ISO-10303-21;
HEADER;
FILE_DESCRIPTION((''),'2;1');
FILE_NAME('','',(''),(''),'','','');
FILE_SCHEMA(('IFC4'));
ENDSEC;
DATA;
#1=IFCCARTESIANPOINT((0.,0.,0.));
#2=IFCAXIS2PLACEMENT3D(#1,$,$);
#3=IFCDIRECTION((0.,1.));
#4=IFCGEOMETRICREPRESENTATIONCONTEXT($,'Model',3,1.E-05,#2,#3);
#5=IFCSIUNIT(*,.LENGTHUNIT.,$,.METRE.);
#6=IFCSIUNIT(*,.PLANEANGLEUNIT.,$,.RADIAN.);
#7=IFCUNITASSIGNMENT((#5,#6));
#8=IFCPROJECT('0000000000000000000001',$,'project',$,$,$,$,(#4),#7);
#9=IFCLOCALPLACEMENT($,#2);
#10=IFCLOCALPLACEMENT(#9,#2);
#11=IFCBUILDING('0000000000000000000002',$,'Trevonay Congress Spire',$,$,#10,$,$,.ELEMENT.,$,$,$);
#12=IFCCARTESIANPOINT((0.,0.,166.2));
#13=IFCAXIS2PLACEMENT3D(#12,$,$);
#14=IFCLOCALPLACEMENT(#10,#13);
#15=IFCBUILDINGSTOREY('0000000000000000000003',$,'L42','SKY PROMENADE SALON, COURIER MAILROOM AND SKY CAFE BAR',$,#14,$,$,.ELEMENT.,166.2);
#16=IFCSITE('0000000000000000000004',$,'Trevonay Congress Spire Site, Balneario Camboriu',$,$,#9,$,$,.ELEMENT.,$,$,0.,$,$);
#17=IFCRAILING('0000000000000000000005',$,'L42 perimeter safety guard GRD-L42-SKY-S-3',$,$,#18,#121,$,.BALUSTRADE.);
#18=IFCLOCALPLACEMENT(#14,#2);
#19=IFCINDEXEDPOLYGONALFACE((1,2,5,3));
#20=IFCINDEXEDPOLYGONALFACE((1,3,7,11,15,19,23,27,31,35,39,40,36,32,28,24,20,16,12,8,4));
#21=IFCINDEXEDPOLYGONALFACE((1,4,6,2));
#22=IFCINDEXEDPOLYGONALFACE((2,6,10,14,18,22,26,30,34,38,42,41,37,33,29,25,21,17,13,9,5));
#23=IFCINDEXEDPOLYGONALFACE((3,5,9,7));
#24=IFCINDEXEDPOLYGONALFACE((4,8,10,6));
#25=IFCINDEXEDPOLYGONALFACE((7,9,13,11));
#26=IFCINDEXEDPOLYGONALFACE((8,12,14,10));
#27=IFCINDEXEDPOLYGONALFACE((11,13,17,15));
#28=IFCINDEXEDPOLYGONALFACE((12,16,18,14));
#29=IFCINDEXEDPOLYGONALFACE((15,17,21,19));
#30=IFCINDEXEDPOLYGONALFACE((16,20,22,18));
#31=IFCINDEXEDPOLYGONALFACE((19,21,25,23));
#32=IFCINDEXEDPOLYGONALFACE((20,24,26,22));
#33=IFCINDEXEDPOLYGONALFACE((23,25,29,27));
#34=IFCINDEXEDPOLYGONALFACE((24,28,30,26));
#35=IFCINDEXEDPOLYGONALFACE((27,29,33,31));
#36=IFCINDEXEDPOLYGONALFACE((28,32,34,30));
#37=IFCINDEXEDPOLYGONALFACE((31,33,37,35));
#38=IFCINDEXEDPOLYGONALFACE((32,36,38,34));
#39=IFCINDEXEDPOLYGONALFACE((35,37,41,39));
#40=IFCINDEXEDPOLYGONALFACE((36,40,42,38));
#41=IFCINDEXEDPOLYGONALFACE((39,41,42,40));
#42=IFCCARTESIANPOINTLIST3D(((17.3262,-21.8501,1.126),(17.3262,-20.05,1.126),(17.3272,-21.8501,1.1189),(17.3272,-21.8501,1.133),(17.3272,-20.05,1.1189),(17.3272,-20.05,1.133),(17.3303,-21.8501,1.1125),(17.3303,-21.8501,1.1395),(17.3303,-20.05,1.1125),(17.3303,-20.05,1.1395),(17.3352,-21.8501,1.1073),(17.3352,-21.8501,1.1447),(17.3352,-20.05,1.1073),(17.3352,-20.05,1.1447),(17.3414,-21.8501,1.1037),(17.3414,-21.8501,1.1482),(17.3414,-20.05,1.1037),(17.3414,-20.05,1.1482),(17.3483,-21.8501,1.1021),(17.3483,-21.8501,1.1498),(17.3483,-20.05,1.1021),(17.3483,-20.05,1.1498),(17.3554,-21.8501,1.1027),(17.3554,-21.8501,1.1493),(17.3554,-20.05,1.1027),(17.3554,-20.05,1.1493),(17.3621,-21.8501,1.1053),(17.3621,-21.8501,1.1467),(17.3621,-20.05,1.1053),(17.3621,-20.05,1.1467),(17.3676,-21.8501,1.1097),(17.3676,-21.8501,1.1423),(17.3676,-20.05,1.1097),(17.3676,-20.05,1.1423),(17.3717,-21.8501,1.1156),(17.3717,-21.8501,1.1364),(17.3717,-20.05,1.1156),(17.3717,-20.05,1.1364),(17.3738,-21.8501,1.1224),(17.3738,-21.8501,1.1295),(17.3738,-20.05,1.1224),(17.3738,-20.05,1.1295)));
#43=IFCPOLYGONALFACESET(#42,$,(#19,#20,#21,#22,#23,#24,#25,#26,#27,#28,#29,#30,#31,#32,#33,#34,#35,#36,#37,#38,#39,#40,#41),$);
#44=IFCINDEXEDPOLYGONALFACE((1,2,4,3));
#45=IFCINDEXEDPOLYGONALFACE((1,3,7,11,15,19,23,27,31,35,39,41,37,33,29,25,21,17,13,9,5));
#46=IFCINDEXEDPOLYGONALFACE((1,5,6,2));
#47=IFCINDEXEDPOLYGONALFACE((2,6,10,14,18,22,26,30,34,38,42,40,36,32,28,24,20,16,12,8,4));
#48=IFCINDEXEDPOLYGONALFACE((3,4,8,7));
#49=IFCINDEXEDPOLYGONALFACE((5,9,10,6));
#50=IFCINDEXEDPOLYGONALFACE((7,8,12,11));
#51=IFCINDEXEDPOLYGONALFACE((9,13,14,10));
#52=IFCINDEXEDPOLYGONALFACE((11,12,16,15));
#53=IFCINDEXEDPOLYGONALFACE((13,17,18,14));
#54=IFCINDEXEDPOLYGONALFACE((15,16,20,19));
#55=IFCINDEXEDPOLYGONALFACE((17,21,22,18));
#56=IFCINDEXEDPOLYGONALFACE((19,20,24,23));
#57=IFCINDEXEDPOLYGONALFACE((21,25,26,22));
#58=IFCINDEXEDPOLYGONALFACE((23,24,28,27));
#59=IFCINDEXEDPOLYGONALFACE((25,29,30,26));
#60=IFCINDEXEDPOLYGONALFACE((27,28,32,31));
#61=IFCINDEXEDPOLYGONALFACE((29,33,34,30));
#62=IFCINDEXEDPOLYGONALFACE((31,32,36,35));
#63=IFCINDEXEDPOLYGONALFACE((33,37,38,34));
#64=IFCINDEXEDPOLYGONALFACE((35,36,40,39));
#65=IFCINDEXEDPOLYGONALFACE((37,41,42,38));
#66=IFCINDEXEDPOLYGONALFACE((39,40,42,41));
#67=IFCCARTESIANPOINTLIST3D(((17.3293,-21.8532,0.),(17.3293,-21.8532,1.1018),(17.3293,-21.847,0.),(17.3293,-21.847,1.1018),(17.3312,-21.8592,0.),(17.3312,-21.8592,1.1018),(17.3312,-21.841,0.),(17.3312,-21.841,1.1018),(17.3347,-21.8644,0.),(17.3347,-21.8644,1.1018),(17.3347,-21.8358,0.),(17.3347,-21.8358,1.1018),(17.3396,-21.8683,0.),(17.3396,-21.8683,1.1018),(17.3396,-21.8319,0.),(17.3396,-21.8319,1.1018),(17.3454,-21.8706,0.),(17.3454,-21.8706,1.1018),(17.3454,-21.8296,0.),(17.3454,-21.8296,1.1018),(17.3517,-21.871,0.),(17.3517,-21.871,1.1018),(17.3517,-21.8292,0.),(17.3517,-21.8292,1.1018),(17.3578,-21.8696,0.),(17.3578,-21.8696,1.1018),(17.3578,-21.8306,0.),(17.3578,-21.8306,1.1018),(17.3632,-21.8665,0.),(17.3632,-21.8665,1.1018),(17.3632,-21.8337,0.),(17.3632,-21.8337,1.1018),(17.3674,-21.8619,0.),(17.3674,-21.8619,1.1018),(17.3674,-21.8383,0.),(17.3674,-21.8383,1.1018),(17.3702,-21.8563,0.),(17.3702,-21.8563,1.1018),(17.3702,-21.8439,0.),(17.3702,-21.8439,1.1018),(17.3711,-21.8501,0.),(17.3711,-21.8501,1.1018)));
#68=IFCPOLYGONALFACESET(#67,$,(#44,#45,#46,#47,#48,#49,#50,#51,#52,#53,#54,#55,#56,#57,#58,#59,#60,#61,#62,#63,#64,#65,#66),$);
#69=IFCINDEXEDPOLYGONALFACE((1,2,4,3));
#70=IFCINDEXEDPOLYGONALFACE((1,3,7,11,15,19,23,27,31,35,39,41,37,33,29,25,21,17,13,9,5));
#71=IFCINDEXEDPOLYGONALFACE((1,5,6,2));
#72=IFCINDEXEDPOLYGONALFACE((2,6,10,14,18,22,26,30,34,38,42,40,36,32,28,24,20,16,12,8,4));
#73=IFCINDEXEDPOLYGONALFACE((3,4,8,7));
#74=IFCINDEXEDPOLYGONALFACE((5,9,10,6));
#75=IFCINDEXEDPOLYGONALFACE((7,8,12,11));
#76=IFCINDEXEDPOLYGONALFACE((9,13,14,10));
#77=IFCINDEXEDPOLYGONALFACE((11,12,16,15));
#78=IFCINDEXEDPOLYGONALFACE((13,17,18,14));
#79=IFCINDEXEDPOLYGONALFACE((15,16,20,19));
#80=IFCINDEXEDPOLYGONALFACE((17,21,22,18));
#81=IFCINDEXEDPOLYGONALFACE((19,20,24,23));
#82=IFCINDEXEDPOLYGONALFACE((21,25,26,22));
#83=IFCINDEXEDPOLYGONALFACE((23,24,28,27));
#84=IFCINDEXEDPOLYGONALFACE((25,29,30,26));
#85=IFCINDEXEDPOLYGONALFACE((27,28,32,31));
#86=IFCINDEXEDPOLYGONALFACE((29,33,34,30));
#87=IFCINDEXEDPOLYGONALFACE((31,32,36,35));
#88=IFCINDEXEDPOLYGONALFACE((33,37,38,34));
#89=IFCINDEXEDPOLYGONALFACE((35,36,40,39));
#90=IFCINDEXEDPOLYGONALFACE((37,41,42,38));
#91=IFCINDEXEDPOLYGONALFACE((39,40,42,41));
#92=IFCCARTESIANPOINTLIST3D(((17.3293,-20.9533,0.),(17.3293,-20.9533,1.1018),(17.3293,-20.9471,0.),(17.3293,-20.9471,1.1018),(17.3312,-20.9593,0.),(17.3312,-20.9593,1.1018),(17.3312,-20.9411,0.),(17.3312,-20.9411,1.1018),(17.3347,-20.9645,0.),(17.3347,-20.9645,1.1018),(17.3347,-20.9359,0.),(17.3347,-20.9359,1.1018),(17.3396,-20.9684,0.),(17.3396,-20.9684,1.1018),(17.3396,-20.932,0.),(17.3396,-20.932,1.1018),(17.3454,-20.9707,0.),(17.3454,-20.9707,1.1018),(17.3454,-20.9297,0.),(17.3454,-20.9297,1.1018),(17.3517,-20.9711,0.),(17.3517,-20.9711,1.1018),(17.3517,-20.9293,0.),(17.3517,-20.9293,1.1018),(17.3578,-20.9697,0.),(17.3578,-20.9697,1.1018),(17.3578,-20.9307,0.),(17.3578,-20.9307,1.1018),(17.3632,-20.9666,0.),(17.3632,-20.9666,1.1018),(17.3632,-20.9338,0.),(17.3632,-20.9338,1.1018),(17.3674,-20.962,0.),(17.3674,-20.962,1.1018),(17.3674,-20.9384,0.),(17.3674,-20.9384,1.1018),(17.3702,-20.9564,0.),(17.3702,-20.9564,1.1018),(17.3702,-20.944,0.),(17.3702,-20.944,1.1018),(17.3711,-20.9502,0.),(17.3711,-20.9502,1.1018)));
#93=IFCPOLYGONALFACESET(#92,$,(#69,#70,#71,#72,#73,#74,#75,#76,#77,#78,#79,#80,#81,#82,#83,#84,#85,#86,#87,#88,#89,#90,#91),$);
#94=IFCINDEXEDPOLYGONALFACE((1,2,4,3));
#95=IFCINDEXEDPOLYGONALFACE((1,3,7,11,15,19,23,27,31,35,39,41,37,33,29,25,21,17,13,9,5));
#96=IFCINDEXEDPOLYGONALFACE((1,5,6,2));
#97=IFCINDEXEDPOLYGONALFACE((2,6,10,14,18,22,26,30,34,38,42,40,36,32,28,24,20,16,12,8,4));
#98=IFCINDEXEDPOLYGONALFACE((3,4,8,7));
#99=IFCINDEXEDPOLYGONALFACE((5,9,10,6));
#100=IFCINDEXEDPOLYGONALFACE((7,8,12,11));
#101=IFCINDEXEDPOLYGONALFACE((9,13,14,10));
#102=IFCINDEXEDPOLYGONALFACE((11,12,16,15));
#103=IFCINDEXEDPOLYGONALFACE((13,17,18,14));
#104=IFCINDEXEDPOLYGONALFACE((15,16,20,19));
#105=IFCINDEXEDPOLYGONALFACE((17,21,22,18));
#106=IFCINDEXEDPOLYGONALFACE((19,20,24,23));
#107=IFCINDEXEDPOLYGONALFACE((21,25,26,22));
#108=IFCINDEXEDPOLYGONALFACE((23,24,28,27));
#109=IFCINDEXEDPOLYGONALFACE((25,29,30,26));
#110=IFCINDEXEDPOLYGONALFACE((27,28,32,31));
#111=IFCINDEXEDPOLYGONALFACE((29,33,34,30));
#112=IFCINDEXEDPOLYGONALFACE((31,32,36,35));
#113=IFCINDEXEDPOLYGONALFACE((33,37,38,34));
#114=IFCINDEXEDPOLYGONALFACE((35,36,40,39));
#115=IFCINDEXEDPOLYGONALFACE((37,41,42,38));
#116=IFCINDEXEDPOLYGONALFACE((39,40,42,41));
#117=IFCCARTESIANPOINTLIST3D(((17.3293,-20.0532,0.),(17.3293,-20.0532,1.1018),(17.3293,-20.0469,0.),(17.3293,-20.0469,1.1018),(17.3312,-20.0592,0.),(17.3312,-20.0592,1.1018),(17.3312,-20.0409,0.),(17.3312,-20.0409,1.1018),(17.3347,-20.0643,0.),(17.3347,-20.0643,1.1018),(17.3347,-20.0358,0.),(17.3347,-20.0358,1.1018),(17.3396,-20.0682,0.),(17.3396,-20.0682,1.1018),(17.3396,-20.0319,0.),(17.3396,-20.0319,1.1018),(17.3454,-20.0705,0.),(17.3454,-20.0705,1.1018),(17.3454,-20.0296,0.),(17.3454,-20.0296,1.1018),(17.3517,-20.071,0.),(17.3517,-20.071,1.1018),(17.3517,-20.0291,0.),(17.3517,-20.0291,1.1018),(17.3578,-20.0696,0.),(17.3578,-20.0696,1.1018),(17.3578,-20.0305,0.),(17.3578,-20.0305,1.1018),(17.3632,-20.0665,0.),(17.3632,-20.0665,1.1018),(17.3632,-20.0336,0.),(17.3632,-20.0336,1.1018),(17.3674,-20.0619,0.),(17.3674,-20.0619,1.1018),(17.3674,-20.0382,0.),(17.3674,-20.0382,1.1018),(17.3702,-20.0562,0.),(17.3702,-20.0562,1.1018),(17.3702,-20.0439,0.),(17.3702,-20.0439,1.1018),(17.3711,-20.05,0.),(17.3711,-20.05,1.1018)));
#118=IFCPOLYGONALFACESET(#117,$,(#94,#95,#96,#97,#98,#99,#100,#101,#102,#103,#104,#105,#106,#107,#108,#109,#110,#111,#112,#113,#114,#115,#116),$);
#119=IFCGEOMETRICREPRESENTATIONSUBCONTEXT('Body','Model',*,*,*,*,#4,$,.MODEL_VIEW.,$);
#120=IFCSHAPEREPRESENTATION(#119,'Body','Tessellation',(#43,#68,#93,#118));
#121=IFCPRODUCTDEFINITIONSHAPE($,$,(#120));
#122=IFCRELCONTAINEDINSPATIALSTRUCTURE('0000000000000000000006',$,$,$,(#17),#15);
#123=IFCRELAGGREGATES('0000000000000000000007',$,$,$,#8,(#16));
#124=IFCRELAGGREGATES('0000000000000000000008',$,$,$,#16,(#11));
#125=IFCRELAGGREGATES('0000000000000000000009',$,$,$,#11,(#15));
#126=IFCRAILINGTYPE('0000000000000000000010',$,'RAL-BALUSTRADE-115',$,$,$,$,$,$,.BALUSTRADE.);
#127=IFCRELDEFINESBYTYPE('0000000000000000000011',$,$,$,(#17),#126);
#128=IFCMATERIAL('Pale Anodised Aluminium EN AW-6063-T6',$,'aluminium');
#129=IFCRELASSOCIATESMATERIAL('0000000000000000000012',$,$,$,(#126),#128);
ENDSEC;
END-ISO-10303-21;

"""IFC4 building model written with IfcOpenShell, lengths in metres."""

from ifc_helpers import new_model, si_unit, direction, frame, origin, origin_2d, place, context, subcontext, project, spatial, circle, extrude, material, type_object, element, save


model = new_model("IFC4")

# Units and contexts
model_context = context("Model", 3, precision=1e-05, world=origin(), true_north=direction((0.0, 1.0)))
body_context = subcontext(model_context, "Body", "Model", "MODEL_VIEW")
ifc_project = project(units=[si_unit("LENGTHUNIT", "METRE"), si_unit("PLANEANGLEUNIT", "RADIAN")], contexts=[model_context])

# Site, building, storey
site_placement = place(None, origin())
site = spatial("IfcSite", under=ifc_project, at=site_placement, Name="Trevonay Congress Spire Site, Balneario Camboriu", CompositionType="ELEMENT", RefElevation=0.0)
building_placement = place(site_placement, origin())
building = spatial("IfcBuilding", under=site, at=building_placement, Name="Trevonay Congress Spire", CompositionType="ELEMENT")
storey_placement = place(building_placement, frame((0.0, 0.0, 166.2)))
storey = spatial("IfcBuildingStorey", under=building, at=storey_placement, Name="L42", Description="SKY PROMENADE SALON, COURIER MAILROOM AND SKY CAFE BAR", CompositionType="ELEMENT", Elevation=166.2)

# Shared definitions
ifc_material_1 = material(Name="Pale Anodised Aluminium EN AW-6063-T6", Category="aluminium")

# Railing
railing_type = type_object("IfcRailingType", Name="RAL-BALUSTRADE-115", PredefinedType="BALUSTRADE", material=ifc_material_1)
railing_placement = place(storey_placement, frame((17.3501, -21.8501, 0.0)))
element("IfcRailing", 1, at=railing_placement, inside=storey, type_object=railing_type, Name="L42 perimeter safety guard GRD-L42-SKY-S-3", PredefinedType="BALUSTRADE", context=body_context, shape_type="SweptSolid", body=[
    extrude(circle(Radius=0.0239, at=origin_2d()), frame((0.0, 0.0, 1.126), z_axis=(0.0, 1.0, 0.0), x_axis=(-1.0, 0.0, 0.0)), (0.0, 0.0, 1.0), 1.8),
    extrude(circle(Radius=0.021, at=origin_2d()), origin(), (0.0, 0.0, 1.0), 1.1018),
    extrude(circle(Radius=0.021, at=origin_2d()), frame((0.0, 0.8999, 0.0)), (0.0, 0.0, 1.0), 1.1018),
    extrude(circle(Radius=0.021, at=origin_2d()), frame((0.0, 1.8, 0.0)), (0.0, 0.0, 1.0), 1.1018),
])

save(model, "model.ifc")
